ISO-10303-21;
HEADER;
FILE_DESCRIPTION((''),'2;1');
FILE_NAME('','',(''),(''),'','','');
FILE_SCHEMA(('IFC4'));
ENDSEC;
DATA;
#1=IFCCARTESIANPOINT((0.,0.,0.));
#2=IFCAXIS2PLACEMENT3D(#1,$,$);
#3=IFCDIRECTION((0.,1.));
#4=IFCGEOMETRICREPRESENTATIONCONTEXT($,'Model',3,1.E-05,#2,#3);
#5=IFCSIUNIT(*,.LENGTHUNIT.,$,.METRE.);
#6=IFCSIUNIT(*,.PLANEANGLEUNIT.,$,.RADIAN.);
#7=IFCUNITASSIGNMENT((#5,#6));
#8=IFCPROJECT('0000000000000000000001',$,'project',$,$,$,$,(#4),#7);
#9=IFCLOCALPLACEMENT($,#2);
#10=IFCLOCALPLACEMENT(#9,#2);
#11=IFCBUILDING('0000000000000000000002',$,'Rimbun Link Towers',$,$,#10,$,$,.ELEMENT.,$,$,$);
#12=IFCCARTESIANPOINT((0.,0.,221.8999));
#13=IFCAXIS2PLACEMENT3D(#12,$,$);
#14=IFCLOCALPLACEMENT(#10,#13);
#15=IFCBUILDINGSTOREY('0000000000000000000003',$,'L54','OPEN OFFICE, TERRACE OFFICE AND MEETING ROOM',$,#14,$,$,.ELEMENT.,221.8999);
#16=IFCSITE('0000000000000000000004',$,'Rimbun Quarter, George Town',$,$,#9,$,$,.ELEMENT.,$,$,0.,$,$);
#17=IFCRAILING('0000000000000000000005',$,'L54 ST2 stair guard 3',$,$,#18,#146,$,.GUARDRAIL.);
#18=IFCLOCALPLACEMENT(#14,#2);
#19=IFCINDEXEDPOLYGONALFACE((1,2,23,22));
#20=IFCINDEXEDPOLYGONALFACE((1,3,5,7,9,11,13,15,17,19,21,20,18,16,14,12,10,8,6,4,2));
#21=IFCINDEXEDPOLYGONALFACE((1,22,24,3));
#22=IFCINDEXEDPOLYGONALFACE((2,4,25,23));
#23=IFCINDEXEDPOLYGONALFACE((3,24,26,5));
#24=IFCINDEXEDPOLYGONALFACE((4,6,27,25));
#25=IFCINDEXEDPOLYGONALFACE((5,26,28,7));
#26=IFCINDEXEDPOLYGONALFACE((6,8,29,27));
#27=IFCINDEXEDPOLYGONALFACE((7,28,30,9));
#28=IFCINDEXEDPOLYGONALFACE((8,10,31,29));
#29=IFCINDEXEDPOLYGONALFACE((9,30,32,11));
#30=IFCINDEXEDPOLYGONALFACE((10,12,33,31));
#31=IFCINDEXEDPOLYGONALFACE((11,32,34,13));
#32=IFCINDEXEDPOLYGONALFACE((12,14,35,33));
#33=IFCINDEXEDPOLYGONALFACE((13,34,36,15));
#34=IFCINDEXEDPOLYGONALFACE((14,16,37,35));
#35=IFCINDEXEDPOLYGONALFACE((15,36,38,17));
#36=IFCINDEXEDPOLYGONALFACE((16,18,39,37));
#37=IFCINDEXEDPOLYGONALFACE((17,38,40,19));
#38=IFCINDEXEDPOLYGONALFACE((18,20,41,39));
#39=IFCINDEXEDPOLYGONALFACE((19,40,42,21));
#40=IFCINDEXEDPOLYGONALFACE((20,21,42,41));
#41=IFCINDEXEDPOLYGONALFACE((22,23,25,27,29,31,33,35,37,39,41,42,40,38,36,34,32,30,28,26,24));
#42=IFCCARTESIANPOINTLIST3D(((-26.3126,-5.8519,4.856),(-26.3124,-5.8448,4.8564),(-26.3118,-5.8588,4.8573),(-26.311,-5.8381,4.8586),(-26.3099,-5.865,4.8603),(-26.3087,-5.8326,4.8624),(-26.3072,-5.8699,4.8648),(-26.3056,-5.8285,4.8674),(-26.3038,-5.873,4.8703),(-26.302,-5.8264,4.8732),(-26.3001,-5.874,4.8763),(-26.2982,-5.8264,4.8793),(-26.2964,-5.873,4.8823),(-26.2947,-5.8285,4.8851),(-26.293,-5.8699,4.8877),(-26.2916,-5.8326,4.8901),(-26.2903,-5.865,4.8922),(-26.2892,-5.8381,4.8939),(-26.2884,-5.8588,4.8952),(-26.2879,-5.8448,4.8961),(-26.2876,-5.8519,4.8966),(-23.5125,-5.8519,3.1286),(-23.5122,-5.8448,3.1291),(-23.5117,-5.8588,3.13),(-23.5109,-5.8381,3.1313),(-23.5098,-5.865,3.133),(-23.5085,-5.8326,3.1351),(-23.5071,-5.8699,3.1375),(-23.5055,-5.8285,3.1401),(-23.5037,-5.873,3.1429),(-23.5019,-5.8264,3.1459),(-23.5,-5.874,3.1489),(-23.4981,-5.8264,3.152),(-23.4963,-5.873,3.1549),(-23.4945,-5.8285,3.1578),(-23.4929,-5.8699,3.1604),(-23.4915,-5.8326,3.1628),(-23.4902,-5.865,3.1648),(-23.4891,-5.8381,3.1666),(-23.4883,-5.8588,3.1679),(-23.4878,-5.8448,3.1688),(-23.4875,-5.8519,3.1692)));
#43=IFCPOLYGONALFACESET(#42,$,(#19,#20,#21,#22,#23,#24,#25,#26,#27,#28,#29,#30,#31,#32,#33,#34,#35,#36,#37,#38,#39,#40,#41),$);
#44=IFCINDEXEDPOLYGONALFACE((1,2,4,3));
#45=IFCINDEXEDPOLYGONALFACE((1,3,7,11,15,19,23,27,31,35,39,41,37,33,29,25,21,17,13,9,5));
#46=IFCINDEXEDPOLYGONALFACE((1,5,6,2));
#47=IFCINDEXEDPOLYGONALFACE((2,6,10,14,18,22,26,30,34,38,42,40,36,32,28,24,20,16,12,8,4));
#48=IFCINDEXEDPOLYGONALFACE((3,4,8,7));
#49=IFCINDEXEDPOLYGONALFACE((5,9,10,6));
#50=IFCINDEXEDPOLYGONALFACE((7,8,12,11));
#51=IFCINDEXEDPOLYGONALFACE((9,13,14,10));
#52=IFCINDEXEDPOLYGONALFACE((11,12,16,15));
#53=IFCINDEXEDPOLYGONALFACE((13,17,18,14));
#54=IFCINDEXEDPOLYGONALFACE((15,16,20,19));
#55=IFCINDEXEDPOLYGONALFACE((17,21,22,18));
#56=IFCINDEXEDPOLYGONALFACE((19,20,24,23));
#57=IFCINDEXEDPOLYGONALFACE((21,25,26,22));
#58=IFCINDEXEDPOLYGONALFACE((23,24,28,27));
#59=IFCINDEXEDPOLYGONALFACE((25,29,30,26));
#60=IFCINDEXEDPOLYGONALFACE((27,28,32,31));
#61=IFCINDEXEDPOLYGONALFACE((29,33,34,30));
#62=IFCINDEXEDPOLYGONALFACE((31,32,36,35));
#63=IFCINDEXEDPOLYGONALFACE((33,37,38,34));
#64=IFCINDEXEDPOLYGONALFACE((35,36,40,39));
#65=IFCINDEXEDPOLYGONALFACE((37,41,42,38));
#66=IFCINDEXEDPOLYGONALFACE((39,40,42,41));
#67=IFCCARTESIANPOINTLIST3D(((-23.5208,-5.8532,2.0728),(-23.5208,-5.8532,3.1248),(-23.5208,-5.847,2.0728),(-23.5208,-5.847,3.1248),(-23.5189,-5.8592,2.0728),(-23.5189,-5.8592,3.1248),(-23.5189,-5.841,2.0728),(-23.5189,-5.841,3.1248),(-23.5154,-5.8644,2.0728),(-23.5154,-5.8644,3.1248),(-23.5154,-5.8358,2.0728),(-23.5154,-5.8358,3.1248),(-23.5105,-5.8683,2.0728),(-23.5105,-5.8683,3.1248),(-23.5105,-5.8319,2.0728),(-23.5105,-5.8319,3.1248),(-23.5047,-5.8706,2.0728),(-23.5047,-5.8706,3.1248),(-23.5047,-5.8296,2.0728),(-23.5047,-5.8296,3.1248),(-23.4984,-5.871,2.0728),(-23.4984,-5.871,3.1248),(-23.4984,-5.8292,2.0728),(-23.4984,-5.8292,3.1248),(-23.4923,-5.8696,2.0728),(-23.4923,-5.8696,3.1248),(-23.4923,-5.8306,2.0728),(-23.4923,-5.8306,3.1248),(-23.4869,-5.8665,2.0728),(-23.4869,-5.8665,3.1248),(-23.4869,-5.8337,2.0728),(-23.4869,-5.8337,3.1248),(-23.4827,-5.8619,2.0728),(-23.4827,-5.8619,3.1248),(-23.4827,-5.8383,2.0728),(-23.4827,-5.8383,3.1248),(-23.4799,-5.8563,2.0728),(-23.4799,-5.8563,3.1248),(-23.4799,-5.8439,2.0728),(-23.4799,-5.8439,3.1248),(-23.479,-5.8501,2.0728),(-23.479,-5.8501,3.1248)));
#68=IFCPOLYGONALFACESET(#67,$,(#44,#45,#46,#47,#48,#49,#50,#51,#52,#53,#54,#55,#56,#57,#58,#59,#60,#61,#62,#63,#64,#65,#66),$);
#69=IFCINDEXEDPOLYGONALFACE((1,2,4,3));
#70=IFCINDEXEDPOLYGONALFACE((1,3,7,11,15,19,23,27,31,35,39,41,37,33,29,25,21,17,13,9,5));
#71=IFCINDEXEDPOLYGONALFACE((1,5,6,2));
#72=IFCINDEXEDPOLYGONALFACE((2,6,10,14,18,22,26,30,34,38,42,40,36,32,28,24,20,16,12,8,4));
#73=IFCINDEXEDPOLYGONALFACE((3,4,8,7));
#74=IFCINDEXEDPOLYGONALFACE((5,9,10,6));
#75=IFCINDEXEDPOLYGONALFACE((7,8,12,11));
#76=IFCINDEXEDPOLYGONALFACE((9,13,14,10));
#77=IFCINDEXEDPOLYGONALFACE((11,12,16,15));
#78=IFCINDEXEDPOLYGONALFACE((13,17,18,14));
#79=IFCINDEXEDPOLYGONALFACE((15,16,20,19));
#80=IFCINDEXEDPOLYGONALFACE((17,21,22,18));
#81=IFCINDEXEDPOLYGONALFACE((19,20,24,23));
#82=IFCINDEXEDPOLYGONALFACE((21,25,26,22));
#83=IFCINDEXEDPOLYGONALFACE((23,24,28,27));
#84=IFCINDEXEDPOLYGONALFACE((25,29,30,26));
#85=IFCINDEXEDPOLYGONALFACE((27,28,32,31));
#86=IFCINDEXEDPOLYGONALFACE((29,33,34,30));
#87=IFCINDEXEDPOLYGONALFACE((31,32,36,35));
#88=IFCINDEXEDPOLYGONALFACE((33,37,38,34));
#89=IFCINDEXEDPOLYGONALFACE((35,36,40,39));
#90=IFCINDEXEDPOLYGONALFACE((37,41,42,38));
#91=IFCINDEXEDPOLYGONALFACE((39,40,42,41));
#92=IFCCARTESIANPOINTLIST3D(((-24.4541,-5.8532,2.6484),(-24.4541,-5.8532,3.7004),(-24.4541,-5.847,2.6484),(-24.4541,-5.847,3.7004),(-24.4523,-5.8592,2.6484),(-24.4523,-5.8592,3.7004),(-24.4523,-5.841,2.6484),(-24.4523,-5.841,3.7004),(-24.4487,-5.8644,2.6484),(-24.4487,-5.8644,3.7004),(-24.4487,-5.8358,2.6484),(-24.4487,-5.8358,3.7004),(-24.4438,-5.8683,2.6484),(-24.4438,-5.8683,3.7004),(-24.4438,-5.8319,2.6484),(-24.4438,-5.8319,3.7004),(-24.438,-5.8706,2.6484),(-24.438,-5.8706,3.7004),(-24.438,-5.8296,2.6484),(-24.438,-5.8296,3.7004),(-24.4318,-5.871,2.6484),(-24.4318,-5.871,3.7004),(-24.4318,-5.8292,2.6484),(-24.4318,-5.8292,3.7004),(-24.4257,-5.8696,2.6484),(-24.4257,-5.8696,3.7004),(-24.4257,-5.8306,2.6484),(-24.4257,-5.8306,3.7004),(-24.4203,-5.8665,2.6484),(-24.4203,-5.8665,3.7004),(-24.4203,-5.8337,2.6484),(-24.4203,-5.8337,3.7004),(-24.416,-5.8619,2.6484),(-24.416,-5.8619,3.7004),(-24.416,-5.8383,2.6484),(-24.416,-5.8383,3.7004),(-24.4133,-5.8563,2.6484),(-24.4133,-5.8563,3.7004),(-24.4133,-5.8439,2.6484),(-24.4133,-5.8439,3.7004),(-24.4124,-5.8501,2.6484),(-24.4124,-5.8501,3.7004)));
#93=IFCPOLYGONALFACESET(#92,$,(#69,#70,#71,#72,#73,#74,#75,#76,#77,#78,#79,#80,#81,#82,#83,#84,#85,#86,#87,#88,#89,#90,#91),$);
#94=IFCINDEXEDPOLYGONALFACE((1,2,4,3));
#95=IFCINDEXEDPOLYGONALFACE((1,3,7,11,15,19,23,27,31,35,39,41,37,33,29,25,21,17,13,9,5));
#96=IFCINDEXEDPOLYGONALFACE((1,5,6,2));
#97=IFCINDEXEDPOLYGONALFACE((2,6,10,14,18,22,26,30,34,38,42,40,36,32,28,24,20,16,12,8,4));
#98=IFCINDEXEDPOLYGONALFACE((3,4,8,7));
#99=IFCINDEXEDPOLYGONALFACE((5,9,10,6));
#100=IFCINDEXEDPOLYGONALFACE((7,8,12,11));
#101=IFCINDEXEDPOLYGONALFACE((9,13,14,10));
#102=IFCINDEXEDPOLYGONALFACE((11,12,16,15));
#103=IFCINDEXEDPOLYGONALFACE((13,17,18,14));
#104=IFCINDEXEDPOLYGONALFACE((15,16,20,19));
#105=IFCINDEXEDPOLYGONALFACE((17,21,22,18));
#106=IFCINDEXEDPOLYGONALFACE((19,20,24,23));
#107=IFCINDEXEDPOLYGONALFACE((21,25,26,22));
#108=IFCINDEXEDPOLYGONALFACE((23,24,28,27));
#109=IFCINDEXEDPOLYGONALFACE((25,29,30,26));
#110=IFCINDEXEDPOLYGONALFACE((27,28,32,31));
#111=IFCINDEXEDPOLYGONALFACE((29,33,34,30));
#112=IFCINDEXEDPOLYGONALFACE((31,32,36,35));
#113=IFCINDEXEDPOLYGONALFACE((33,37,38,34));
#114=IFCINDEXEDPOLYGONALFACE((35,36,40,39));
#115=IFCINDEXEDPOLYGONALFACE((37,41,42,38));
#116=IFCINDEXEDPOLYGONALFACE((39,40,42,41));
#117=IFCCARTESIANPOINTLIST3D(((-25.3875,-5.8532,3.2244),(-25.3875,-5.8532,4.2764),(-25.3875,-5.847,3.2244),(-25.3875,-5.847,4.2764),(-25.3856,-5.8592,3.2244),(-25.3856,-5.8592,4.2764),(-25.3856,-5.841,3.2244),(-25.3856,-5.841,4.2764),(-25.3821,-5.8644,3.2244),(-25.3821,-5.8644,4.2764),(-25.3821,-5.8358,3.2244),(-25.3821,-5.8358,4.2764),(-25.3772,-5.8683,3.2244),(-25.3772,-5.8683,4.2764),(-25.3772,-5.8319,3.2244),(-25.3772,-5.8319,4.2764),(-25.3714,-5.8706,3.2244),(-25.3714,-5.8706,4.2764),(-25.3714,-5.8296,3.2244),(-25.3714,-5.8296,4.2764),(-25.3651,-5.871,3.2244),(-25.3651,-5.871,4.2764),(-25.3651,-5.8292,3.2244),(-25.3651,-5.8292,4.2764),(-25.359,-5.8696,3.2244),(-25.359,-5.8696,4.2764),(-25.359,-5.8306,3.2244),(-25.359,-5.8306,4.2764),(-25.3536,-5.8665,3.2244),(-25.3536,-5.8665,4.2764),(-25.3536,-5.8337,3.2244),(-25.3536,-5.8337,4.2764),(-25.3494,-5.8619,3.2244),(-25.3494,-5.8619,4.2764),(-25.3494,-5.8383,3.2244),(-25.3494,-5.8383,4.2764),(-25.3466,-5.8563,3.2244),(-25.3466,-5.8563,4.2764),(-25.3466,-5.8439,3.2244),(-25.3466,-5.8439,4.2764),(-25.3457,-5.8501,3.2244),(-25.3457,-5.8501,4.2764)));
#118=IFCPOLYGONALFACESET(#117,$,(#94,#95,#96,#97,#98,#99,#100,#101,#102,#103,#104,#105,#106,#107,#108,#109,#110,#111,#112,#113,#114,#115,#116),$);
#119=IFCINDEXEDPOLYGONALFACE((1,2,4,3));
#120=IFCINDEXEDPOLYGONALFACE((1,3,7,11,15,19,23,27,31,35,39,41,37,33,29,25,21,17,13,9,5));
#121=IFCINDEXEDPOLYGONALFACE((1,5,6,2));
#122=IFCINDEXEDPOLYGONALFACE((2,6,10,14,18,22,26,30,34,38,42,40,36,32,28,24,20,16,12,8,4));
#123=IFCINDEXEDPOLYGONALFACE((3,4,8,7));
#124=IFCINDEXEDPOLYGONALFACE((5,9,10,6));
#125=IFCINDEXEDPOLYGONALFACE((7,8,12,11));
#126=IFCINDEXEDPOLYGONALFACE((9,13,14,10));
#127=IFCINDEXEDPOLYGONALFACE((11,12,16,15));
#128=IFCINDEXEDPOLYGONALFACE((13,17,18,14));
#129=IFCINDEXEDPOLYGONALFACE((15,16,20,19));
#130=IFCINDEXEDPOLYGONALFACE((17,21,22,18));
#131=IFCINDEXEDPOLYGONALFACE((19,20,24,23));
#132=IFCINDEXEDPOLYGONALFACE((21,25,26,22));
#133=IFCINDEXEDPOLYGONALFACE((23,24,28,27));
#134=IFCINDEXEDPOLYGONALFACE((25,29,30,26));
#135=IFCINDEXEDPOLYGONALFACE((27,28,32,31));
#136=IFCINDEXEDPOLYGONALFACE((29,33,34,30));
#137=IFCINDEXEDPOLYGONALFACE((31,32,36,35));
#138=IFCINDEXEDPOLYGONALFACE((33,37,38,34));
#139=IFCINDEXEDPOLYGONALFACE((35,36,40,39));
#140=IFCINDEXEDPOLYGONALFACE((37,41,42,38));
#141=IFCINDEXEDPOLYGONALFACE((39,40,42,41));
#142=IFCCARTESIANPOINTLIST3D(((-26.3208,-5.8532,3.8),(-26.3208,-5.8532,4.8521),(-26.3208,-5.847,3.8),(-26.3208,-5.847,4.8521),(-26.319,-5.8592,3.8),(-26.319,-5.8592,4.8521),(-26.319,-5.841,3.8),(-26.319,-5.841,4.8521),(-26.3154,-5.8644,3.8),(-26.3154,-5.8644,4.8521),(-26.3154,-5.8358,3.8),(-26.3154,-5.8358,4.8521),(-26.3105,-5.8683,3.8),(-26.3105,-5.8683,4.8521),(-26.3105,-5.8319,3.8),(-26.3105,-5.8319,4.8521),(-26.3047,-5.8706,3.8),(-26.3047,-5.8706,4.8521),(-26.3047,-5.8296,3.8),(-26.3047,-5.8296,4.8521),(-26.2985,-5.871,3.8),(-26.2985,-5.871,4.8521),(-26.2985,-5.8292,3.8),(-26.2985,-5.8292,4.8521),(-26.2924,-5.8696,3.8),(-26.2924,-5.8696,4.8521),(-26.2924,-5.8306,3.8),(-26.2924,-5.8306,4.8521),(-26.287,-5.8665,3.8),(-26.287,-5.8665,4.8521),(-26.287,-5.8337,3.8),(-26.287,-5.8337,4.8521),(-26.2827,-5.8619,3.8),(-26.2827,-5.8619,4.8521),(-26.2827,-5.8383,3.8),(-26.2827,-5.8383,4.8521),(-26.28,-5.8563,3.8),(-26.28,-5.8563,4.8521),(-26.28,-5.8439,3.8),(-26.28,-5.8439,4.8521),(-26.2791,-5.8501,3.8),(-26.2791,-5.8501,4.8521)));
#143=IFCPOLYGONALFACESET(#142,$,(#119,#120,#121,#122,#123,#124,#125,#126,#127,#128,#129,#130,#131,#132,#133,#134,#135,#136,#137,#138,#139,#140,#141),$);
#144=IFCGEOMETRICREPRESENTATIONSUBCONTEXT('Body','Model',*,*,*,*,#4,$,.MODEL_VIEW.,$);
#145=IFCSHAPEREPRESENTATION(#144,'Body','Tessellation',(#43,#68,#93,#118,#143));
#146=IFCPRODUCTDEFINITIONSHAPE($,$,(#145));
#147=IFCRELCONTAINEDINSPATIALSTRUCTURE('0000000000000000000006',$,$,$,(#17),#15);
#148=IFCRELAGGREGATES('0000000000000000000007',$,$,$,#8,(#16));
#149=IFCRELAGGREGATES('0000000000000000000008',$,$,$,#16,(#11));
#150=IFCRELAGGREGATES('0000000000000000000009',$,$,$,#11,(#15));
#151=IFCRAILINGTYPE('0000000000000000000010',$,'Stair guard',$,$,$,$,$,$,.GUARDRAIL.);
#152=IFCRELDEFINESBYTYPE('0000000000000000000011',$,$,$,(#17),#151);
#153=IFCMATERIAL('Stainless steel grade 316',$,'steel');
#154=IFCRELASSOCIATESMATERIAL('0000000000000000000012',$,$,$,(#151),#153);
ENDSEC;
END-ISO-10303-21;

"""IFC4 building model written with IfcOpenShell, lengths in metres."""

from ifc_helpers import new_model, si_unit, direction, frame, origin, origin_2d, place, context, subcontext, project, spatial, circle, extrude, material, type_object, element, save


model = new_model("IFC4")

# Units and contexts
model_context = context("Model", 3, precision=1e-05, world=origin(), true_north=direction((0.0, 1.0)))
body_context = subcontext(model_context, "Body", "Model", "MODEL_VIEW")
ifc_project = project(units=[si_unit("LENGTHUNIT", "METRE"), si_unit("PLANEANGLEUNIT", "RADIAN")], contexts=[model_context])

# Site, building, storey
site_placement = place(None, origin())
site = spatial("IfcSite", under=ifc_project, at=site_placement, Name="Rimbun Quarter, George Town", CompositionType="ELEMENT", RefElevation=0.0)
building_placement = place(site_placement, origin())
building = spatial("IfcBuilding", under=site, at=building_placement, Name="Rimbun Link Towers", CompositionType="ELEMENT")
storey_placement = place(building_placement, frame((0.0, 0.0, 221.8999)))
storey = spatial("IfcBuildingStorey", under=building, at=storey_placement, Name="L54", Description="OPEN OFFICE, TERRACE OFFICE AND MEETING ROOM", CompositionType="ELEMENT", Elevation=221.8999)

# Railing
ifc_material_1 = material(Name="Stainless steel grade 316", Category="steel")
railing_type_1 = type_object("IfcRailingType", Name="Stair guard", PredefinedType="GUARDRAIL", material=ifc_material_1)
railing_1_placement = place(storey_placement, frame((-23.5, -5.8501, 2.0728)))
element("IfcRailing", 1, at=railing_1_placement, inside=storey, type_object=railing_type_1, Name="L54 ST2 stair guard 3", PredefinedType="GUARDRAIL", context=body_context, shape_type="SweptSolid", body=[
    extrude(circle(Radius=0.0239, at=origin_2d()), frame((0.0, 0.0, 1.0762), z_axis=(-0.85109, 0.0, 0.52502), x_axis=(0.0, -1.0, 0.0)), (0.0, 0.0, 1.0), 3.29),
    extrude(circle(Radius=0.021, at=origin_2d()), origin(), (0.0, 0.0, 1.0), 1.052),
    extrude(circle(Radius=0.021, at=origin_2d()), frame((-0.9333, 0.0, 0.5757)), (0.0, 0.0, 1.0), 1.052),
    extrude(circle(Radius=0.021, at=origin_2d()), frame((-1.8667, 0.0, 1.1516)), (0.0, 0.0, 1.0), 1.052),
    extrude(circle(Radius=0.021, at=origin_2d()), frame((-2.8, 0.0, 1.7273)), (0.0, 0.0, 1.0), 1.052),
])

save(model, "model.ifc")
